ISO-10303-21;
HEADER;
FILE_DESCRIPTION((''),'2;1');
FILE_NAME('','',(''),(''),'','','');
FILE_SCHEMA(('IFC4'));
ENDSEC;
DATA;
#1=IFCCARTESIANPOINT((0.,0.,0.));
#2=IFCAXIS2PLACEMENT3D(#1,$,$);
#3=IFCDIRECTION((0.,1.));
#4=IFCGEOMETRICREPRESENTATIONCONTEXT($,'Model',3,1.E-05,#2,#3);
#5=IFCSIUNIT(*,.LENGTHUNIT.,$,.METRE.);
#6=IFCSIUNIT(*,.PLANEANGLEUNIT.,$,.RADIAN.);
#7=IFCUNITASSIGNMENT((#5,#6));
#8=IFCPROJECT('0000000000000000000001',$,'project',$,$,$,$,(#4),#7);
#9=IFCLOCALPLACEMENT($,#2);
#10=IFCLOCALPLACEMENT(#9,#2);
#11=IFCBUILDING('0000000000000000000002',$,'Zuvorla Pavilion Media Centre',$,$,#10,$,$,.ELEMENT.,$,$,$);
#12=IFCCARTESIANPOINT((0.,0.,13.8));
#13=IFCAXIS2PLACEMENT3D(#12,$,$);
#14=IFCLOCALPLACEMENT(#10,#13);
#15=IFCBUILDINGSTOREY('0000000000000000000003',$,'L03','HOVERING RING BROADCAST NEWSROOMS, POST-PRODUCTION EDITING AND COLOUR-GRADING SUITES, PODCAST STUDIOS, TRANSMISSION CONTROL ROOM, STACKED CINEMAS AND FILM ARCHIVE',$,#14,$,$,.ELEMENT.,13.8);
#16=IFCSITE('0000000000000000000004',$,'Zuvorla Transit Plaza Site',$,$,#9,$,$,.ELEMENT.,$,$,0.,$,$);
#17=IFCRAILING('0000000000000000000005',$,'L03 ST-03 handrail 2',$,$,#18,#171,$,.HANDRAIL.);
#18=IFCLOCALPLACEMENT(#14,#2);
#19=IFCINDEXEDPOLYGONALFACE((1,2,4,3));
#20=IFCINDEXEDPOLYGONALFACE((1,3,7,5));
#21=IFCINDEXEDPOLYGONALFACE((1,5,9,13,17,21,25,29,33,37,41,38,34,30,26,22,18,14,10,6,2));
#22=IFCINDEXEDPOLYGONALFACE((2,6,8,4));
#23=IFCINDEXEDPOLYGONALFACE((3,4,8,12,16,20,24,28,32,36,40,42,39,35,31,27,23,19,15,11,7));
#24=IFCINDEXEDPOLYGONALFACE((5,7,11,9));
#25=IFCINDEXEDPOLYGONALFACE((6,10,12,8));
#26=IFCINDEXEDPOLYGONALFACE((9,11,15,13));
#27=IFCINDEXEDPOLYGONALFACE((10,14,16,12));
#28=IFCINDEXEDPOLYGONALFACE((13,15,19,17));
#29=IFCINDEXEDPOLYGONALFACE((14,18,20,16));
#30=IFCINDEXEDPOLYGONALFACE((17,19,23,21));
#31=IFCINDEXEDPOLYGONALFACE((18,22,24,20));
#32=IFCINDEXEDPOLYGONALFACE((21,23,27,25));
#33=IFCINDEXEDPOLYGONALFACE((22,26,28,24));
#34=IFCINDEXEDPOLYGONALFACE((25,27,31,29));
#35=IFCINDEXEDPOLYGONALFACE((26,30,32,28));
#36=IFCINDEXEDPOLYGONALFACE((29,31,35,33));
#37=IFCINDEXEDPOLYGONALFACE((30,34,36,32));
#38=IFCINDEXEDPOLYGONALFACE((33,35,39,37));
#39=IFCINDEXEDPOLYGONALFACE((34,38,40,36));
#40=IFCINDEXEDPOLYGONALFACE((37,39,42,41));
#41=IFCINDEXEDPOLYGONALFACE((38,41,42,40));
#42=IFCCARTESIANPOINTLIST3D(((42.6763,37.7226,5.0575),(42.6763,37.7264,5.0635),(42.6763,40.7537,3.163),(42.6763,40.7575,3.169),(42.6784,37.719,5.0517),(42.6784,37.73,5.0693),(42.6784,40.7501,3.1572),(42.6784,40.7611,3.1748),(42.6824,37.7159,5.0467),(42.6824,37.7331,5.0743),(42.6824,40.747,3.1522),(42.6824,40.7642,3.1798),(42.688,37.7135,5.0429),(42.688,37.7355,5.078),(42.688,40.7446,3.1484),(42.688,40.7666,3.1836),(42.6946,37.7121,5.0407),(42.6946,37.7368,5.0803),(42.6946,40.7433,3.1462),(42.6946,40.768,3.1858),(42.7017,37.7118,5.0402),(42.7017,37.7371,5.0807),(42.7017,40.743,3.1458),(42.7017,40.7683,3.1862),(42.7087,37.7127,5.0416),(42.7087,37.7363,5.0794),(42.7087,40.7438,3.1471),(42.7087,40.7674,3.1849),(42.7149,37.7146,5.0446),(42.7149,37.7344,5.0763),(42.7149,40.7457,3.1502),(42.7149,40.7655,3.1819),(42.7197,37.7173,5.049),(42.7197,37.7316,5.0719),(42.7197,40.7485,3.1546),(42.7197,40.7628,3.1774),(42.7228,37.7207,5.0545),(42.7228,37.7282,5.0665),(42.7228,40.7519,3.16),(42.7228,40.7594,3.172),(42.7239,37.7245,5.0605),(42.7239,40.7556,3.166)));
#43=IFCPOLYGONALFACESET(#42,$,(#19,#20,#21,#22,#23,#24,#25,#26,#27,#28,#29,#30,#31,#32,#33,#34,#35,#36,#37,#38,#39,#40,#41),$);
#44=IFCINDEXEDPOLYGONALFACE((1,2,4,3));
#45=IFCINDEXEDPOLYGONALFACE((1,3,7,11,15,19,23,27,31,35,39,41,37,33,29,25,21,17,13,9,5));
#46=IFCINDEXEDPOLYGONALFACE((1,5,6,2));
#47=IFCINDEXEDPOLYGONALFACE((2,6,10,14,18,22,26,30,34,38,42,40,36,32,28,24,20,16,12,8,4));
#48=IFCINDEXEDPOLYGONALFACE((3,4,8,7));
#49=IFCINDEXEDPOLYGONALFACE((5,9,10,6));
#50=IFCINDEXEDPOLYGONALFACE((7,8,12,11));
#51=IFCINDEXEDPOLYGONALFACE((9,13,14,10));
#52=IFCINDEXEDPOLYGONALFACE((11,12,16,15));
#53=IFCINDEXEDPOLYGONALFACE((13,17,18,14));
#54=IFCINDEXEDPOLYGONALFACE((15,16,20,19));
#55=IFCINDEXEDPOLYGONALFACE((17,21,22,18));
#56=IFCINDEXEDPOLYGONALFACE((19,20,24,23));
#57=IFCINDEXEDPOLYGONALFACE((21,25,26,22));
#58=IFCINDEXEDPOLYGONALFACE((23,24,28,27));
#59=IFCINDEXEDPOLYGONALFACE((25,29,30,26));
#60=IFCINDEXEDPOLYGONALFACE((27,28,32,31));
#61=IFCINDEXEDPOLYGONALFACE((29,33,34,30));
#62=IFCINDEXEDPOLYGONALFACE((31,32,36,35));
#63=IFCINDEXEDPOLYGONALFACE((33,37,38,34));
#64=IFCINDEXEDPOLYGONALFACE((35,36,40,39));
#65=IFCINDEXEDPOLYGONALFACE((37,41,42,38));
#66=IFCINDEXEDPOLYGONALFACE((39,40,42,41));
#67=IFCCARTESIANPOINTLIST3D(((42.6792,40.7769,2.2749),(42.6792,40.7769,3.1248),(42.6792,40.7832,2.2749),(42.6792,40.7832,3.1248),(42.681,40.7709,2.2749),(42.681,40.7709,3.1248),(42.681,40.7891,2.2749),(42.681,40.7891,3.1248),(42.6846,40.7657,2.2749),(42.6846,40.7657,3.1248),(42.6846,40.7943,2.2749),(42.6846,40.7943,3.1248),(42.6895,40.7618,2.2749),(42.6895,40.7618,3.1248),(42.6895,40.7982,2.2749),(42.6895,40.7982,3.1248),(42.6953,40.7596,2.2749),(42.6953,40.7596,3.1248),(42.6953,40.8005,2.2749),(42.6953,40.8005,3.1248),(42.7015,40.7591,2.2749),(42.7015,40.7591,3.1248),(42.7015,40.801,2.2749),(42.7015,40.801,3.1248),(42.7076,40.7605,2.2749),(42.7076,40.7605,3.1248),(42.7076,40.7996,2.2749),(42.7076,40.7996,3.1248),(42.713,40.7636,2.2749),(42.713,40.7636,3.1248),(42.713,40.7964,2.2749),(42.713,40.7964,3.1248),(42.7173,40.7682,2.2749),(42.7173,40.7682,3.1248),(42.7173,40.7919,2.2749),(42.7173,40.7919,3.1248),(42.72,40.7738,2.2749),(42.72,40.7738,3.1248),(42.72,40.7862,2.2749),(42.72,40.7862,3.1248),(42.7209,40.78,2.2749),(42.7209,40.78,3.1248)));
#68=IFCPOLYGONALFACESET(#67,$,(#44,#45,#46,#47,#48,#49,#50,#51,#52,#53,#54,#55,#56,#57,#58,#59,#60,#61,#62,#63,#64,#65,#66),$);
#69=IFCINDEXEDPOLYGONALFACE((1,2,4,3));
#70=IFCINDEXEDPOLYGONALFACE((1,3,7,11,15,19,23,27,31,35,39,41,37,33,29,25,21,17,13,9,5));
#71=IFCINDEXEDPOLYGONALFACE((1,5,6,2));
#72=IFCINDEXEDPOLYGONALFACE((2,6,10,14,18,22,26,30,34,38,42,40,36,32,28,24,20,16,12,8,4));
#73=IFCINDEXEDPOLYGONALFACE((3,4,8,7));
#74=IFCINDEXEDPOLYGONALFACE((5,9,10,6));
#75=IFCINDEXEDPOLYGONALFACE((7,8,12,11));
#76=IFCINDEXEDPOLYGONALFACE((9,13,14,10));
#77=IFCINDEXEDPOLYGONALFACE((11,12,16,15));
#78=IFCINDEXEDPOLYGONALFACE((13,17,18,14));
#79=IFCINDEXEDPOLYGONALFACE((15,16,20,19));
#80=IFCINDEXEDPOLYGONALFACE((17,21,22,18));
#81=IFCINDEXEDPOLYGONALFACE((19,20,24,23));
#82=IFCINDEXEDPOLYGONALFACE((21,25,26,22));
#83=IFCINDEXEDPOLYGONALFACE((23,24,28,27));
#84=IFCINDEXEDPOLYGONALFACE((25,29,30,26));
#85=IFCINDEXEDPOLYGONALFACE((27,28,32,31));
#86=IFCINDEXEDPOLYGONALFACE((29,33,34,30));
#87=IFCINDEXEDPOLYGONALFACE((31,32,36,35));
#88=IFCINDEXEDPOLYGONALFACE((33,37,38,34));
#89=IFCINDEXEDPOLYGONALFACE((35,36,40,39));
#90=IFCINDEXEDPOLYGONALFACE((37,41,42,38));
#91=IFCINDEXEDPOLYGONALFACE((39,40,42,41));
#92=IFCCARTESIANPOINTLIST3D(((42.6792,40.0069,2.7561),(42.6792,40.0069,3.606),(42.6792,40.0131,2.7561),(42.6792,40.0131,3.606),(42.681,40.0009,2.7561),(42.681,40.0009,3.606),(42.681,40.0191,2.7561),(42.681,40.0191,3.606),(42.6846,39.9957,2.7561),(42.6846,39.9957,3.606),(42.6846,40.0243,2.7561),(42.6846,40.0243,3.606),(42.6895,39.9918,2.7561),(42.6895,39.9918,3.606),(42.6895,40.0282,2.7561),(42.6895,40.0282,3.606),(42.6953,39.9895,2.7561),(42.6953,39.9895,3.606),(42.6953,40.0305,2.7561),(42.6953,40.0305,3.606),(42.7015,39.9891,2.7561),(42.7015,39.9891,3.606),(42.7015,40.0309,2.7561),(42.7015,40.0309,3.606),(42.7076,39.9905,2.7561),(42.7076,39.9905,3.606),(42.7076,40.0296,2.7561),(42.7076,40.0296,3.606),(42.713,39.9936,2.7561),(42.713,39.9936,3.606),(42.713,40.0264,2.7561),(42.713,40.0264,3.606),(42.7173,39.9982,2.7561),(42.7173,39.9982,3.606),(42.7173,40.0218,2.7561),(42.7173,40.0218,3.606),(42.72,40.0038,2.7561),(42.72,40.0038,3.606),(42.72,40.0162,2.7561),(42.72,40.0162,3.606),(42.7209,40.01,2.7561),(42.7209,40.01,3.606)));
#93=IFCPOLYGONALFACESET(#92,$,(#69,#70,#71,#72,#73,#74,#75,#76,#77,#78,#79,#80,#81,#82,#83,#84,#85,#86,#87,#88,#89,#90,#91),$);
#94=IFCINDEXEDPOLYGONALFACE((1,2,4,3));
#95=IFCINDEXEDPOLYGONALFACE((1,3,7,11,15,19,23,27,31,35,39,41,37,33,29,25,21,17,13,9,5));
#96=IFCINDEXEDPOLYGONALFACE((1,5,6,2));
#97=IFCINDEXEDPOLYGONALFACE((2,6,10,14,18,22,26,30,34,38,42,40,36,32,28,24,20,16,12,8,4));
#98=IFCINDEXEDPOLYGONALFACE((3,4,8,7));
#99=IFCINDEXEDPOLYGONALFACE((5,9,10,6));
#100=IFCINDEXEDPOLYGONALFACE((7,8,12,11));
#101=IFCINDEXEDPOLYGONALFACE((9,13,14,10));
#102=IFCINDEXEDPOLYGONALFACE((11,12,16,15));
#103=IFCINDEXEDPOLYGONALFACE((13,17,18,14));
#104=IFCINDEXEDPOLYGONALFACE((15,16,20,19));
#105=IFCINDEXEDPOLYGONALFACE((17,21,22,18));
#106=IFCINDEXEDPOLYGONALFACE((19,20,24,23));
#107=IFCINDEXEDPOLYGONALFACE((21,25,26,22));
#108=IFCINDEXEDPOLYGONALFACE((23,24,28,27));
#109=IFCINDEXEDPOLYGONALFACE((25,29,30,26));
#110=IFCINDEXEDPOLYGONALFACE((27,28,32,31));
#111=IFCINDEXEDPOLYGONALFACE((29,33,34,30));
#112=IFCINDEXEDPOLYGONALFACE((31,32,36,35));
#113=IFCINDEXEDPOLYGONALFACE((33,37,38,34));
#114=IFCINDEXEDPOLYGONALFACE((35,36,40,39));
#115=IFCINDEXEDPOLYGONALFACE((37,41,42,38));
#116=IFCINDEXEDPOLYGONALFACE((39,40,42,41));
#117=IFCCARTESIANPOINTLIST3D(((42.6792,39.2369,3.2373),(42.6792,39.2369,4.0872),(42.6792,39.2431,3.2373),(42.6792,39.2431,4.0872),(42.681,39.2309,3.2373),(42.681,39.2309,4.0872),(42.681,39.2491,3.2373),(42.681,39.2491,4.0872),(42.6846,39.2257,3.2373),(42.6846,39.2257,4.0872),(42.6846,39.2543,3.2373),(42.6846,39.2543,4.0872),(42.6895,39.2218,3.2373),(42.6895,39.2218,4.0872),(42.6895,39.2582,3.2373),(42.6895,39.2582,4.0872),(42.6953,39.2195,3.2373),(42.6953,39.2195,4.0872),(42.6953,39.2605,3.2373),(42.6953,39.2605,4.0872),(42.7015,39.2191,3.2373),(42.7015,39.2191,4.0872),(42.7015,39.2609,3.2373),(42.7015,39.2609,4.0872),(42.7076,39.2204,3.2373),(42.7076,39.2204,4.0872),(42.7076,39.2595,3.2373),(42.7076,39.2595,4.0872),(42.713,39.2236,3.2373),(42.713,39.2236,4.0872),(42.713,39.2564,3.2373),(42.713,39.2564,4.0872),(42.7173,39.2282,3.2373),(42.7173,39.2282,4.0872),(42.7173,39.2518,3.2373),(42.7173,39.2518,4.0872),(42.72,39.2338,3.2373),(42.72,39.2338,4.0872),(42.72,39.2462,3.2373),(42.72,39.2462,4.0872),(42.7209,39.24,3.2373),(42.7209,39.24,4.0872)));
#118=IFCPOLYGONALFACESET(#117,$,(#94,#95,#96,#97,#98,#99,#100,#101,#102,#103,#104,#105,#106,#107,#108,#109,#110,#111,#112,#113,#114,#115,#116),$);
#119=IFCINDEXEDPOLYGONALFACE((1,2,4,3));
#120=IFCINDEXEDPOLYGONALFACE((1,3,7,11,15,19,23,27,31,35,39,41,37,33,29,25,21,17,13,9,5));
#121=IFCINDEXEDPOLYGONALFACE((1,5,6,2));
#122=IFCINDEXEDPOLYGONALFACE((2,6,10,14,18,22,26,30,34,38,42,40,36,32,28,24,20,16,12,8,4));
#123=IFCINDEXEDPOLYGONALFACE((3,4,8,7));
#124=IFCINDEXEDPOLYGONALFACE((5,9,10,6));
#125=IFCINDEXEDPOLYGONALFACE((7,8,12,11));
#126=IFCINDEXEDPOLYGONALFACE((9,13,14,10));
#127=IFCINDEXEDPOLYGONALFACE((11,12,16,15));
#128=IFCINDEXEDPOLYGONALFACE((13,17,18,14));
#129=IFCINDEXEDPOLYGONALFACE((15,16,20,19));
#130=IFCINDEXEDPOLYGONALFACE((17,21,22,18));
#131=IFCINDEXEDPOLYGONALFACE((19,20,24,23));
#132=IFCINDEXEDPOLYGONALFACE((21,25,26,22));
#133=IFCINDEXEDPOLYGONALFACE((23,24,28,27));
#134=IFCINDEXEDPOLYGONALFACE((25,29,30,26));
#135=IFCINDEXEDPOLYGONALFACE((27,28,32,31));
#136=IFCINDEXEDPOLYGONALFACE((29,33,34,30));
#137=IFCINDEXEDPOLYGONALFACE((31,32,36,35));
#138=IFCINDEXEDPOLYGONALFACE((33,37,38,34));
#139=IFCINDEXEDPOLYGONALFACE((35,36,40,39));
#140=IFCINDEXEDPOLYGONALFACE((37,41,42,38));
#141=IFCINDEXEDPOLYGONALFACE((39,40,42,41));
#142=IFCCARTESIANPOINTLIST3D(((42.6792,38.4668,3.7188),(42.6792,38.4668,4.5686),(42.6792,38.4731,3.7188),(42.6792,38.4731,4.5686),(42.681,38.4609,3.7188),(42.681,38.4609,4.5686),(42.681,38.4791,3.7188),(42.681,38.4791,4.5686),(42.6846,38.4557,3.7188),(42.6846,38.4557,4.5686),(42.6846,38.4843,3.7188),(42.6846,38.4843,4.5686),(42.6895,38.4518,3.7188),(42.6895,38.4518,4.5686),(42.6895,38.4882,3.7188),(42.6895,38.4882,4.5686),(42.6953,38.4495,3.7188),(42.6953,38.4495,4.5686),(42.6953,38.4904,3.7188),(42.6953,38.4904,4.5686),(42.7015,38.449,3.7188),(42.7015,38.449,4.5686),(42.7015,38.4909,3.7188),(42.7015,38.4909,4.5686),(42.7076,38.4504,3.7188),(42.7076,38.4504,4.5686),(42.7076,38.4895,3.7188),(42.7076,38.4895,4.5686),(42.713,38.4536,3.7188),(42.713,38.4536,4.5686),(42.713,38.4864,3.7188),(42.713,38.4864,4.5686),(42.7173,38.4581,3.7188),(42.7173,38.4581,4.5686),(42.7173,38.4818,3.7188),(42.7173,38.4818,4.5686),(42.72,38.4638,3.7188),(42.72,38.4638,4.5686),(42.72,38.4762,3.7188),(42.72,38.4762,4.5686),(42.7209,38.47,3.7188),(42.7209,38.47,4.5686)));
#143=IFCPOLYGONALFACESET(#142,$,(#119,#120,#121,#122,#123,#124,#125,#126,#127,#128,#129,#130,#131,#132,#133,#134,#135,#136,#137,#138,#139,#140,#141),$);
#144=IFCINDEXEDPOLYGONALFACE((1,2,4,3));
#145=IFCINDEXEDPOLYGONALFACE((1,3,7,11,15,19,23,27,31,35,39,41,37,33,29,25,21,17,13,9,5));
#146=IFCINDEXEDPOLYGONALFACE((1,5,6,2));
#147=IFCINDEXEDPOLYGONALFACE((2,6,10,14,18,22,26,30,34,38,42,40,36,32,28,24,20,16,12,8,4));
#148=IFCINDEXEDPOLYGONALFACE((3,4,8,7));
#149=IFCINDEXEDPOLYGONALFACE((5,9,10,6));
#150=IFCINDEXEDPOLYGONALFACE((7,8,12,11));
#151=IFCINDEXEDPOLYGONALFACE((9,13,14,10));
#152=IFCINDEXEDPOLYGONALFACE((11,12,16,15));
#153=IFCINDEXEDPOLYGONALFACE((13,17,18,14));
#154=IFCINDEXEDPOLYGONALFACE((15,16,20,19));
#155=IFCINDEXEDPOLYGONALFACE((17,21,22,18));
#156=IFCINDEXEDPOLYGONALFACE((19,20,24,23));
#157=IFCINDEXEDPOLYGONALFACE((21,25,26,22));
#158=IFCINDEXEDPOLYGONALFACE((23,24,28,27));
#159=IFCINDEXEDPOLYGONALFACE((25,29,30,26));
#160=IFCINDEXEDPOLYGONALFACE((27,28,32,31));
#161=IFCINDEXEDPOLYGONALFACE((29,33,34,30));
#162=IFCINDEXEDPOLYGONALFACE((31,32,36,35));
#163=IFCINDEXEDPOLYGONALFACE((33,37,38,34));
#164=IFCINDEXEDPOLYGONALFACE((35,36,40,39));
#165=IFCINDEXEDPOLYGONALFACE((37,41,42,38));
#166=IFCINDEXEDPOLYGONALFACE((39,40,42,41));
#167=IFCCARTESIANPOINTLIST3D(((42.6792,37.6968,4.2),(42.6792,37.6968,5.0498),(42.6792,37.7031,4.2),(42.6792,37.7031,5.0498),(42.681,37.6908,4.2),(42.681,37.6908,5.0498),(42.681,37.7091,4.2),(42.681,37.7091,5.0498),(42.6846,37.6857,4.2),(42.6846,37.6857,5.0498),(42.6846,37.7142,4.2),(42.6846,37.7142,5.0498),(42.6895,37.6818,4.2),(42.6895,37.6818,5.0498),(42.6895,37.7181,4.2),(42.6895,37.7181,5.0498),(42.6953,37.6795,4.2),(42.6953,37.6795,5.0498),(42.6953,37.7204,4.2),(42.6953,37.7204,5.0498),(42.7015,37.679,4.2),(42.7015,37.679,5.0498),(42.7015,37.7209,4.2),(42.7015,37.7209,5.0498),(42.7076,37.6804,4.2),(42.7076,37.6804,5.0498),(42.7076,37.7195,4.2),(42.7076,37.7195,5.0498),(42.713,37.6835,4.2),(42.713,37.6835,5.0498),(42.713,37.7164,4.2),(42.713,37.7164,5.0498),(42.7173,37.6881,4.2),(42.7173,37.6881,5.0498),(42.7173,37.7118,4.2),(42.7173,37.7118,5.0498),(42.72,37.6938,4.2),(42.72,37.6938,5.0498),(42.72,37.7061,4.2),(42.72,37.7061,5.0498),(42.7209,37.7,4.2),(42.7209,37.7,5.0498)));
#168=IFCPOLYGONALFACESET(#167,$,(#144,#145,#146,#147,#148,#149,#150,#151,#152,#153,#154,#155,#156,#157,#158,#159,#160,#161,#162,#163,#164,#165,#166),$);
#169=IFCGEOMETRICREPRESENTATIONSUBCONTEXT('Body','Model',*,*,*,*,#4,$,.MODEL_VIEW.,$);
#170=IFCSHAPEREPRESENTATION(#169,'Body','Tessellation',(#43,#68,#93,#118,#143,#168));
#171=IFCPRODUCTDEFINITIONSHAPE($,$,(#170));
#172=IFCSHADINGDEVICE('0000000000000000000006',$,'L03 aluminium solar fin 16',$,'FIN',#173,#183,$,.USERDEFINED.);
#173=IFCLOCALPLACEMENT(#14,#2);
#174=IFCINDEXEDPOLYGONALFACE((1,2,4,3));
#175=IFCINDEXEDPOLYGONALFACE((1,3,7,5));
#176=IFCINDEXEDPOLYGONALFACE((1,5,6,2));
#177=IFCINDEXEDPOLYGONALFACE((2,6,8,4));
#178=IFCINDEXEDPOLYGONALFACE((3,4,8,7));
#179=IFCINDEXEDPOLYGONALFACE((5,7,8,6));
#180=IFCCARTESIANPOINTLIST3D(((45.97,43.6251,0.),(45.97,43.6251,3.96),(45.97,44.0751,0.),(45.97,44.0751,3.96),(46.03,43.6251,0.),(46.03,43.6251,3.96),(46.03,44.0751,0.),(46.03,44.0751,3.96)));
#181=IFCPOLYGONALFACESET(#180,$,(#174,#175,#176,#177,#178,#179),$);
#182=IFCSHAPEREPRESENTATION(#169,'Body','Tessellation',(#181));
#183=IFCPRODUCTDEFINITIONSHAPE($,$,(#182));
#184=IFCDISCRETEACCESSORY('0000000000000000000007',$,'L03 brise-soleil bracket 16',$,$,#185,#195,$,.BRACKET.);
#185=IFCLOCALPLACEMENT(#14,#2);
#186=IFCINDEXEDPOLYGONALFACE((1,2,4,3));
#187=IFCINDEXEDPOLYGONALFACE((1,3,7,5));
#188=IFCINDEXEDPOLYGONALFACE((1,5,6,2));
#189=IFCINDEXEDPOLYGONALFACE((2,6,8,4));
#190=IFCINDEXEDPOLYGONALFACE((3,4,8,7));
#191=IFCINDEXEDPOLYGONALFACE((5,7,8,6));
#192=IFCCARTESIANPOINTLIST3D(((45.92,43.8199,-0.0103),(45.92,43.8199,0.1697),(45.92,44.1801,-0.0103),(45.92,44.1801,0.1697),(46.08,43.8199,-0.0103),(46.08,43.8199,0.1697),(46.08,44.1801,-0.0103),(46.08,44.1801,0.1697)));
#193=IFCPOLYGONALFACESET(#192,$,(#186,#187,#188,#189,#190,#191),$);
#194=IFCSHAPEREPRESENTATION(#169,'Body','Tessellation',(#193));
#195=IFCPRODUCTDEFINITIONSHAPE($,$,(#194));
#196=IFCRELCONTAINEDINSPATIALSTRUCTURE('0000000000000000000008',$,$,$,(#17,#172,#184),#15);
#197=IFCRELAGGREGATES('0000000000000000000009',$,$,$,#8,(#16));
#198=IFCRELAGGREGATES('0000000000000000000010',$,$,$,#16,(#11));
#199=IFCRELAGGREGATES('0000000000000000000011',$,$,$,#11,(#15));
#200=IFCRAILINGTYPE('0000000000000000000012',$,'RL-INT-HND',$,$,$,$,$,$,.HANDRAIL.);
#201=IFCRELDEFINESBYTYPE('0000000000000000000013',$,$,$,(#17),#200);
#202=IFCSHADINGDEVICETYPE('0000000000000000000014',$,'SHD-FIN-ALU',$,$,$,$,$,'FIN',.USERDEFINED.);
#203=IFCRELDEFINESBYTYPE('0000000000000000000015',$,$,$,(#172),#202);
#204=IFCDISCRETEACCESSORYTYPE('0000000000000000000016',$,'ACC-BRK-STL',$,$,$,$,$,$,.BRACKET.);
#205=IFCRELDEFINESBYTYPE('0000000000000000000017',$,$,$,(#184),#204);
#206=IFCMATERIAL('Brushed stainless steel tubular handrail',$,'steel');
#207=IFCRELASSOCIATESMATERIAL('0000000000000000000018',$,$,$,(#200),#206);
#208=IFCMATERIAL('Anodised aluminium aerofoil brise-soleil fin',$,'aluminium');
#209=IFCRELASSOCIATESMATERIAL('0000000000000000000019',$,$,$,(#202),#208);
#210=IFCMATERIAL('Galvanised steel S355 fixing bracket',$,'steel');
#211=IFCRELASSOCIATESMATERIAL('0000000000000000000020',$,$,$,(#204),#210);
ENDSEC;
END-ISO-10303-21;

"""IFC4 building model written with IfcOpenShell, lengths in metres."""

from ifc_helpers import new_model, si_unit, direction, frame, origin, origin_2d, place, context, subcontext, project, spatial, rectangle, circle, extrude, material, type_object, element, save


model = new_model("IFC4")

# Units and contexts
model_context = context("Model", 3, precision=1e-05, world=origin(), true_north=direction((0.0, 1.0)))
body_context = subcontext(model_context, "Body", "Model", "MODEL_VIEW")
ifc_project = project(units=[si_unit("LENGTHUNIT", "METRE"), si_unit("PLANEANGLEUNIT", "RADIAN")], contexts=[model_context])

# Site, building, storey
site_placement = place(None, origin())
site = spatial("IfcSite", under=ifc_project, at=site_placement, Name="Zuvorla Transit Plaza Site", CompositionType="ELEMENT", RefElevation=0.0)
building_placement = place(site_placement, origin())
building = spatial("IfcBuilding", under=site, at=building_placement, Name="Zuvorla Pavilion Media Centre", CompositionType="ELEMENT")
storey_placement = place(building_placement, frame((0.0, 0.0, 13.8)))
storey = spatial("IfcBuildingStorey", under=building, at=storey_placement, Name="L03", Description="HOVERING RING BROADCAST NEWSROOMS, POST-PRODUCTION EDITING AND COLOUR-GRADING SUITES, PODCAST STUDIOS, TRANSMISSION CONTROL ROOM, STACKED CINEMAS AND FILM ARCHIVE", CompositionType="ELEMENT", Elevation=13.8)

# Railing
ifc_material_1 = material(Name="Brushed stainless steel tubular handrail", Category="steel")
railing_type_1 = type_object("IfcRailingType", Name="RL-INT-HND", PredefinedType="HANDRAIL", material=ifc_material_1)
railing_1_placement = place(storey_placement, frame((42.7, 40.78, 2.2749)))
element("IfcRailing", 1, at=railing_1_placement, inside=storey, type_object=railing_type_1, Name="L03 ST-03 handrail 2", PredefinedType="HANDRAIL", context=body_context, shape_type="SweptSolid", body=[
    extrude(circle(Radius=0.0239, at=origin_2d()), frame((0.0, -0.0244, 0.8911), z_axis=(0.0, -0.847998, 0.529999), x_axis=(1.0, 0.0, 0.0)), (0.0, 0.0, 1.0), 3.5745),
    extrude(circle(Radius=0.021, at=origin_2d()), origin(), (0.0, 0.0, 1.0), 0.8499),
    extrude(circle(Radius=0.021, at=origin_2d()), frame((0.0, -0.77, 0.4812)), (0.0, 0.0, 1.0), 0.8499),
    extrude(circle(Radius=0.021, at=origin_2d()), frame((0.0, -1.54, 0.9624)), (0.0, 0.0, 1.0), 0.8499),
    extrude(circle(Radius=0.021, at=origin_2d()), frame((0.0, -2.3101, 1.4438)), (0.0, 0.0, 1.0), 0.8499),
    extrude(circle(Radius=0.021, at=origin_2d()), frame((0.0, -3.0801, 1.925)), (0.0, 0.0, 1.0), 0.8499),
])

# Shading device
ifc_material_2 = material(Name="Anodised aluminium aerofoil brise-soleil fin", Category="aluminium")
shading_device_type = type_object("IfcShadingDeviceType", Name="SHD-FIN-ALU", ElementType="FIN", PredefinedType="USERDEFINED", material=ifc_material_2)
shading_device_placement = place(storey_placement, frame((46.0, 43.8501, 0.0), z_axis=(0.0, 0.0, 1.0), x_axis=(1.0, 0.0, 0.0)))
element("IfcShadingDevice", 2, at=shading_device_placement, inside=storey, type_object=shading_device_type, Name="L03 aluminium solar fin 16", ObjectType="FIN", PredefinedType="USERDEFINED", context=body_context, shape_type="SweptSolid", body=[
    extrude(rectangle(XDim=0.0601, YDim=0.45, at=origin_2d()), origin(), (0.0, 0.0, 1.0), 3.96),
])

# Discrete accessory
ifc_material_3 = material(Name="Galvanised steel S355 fixing bracket", Category="steel")
discrete_accessory_type = type_object("IfcDiscreteAccessoryType", Name="ACC-BRK-STL", PredefinedType="BRACKET", material=ifc_material_3)
discrete_accessory_placement = place(storey_placement, frame((46.0, 44.0, -0.0103), z_axis=(0.0, 0.0, 1.0), x_axis=(1.0, 0.0, 0.0)))
element("IfcDiscreteAccessory", 3, at=discrete_accessory_placement, inside=storey, type_object=discrete_accessory_type, Name="L03 brise-soleil bracket 16", PredefinedType="BRACKET", context=body_context, shape_type="SweptSolid", body=[
    extrude(rectangle(XDim=0.1599, YDim=0.3601, at=origin_2d()), origin(), (0.0, 0.0, 1.0), 0.1799),
])

save(model, "model.ifc")
